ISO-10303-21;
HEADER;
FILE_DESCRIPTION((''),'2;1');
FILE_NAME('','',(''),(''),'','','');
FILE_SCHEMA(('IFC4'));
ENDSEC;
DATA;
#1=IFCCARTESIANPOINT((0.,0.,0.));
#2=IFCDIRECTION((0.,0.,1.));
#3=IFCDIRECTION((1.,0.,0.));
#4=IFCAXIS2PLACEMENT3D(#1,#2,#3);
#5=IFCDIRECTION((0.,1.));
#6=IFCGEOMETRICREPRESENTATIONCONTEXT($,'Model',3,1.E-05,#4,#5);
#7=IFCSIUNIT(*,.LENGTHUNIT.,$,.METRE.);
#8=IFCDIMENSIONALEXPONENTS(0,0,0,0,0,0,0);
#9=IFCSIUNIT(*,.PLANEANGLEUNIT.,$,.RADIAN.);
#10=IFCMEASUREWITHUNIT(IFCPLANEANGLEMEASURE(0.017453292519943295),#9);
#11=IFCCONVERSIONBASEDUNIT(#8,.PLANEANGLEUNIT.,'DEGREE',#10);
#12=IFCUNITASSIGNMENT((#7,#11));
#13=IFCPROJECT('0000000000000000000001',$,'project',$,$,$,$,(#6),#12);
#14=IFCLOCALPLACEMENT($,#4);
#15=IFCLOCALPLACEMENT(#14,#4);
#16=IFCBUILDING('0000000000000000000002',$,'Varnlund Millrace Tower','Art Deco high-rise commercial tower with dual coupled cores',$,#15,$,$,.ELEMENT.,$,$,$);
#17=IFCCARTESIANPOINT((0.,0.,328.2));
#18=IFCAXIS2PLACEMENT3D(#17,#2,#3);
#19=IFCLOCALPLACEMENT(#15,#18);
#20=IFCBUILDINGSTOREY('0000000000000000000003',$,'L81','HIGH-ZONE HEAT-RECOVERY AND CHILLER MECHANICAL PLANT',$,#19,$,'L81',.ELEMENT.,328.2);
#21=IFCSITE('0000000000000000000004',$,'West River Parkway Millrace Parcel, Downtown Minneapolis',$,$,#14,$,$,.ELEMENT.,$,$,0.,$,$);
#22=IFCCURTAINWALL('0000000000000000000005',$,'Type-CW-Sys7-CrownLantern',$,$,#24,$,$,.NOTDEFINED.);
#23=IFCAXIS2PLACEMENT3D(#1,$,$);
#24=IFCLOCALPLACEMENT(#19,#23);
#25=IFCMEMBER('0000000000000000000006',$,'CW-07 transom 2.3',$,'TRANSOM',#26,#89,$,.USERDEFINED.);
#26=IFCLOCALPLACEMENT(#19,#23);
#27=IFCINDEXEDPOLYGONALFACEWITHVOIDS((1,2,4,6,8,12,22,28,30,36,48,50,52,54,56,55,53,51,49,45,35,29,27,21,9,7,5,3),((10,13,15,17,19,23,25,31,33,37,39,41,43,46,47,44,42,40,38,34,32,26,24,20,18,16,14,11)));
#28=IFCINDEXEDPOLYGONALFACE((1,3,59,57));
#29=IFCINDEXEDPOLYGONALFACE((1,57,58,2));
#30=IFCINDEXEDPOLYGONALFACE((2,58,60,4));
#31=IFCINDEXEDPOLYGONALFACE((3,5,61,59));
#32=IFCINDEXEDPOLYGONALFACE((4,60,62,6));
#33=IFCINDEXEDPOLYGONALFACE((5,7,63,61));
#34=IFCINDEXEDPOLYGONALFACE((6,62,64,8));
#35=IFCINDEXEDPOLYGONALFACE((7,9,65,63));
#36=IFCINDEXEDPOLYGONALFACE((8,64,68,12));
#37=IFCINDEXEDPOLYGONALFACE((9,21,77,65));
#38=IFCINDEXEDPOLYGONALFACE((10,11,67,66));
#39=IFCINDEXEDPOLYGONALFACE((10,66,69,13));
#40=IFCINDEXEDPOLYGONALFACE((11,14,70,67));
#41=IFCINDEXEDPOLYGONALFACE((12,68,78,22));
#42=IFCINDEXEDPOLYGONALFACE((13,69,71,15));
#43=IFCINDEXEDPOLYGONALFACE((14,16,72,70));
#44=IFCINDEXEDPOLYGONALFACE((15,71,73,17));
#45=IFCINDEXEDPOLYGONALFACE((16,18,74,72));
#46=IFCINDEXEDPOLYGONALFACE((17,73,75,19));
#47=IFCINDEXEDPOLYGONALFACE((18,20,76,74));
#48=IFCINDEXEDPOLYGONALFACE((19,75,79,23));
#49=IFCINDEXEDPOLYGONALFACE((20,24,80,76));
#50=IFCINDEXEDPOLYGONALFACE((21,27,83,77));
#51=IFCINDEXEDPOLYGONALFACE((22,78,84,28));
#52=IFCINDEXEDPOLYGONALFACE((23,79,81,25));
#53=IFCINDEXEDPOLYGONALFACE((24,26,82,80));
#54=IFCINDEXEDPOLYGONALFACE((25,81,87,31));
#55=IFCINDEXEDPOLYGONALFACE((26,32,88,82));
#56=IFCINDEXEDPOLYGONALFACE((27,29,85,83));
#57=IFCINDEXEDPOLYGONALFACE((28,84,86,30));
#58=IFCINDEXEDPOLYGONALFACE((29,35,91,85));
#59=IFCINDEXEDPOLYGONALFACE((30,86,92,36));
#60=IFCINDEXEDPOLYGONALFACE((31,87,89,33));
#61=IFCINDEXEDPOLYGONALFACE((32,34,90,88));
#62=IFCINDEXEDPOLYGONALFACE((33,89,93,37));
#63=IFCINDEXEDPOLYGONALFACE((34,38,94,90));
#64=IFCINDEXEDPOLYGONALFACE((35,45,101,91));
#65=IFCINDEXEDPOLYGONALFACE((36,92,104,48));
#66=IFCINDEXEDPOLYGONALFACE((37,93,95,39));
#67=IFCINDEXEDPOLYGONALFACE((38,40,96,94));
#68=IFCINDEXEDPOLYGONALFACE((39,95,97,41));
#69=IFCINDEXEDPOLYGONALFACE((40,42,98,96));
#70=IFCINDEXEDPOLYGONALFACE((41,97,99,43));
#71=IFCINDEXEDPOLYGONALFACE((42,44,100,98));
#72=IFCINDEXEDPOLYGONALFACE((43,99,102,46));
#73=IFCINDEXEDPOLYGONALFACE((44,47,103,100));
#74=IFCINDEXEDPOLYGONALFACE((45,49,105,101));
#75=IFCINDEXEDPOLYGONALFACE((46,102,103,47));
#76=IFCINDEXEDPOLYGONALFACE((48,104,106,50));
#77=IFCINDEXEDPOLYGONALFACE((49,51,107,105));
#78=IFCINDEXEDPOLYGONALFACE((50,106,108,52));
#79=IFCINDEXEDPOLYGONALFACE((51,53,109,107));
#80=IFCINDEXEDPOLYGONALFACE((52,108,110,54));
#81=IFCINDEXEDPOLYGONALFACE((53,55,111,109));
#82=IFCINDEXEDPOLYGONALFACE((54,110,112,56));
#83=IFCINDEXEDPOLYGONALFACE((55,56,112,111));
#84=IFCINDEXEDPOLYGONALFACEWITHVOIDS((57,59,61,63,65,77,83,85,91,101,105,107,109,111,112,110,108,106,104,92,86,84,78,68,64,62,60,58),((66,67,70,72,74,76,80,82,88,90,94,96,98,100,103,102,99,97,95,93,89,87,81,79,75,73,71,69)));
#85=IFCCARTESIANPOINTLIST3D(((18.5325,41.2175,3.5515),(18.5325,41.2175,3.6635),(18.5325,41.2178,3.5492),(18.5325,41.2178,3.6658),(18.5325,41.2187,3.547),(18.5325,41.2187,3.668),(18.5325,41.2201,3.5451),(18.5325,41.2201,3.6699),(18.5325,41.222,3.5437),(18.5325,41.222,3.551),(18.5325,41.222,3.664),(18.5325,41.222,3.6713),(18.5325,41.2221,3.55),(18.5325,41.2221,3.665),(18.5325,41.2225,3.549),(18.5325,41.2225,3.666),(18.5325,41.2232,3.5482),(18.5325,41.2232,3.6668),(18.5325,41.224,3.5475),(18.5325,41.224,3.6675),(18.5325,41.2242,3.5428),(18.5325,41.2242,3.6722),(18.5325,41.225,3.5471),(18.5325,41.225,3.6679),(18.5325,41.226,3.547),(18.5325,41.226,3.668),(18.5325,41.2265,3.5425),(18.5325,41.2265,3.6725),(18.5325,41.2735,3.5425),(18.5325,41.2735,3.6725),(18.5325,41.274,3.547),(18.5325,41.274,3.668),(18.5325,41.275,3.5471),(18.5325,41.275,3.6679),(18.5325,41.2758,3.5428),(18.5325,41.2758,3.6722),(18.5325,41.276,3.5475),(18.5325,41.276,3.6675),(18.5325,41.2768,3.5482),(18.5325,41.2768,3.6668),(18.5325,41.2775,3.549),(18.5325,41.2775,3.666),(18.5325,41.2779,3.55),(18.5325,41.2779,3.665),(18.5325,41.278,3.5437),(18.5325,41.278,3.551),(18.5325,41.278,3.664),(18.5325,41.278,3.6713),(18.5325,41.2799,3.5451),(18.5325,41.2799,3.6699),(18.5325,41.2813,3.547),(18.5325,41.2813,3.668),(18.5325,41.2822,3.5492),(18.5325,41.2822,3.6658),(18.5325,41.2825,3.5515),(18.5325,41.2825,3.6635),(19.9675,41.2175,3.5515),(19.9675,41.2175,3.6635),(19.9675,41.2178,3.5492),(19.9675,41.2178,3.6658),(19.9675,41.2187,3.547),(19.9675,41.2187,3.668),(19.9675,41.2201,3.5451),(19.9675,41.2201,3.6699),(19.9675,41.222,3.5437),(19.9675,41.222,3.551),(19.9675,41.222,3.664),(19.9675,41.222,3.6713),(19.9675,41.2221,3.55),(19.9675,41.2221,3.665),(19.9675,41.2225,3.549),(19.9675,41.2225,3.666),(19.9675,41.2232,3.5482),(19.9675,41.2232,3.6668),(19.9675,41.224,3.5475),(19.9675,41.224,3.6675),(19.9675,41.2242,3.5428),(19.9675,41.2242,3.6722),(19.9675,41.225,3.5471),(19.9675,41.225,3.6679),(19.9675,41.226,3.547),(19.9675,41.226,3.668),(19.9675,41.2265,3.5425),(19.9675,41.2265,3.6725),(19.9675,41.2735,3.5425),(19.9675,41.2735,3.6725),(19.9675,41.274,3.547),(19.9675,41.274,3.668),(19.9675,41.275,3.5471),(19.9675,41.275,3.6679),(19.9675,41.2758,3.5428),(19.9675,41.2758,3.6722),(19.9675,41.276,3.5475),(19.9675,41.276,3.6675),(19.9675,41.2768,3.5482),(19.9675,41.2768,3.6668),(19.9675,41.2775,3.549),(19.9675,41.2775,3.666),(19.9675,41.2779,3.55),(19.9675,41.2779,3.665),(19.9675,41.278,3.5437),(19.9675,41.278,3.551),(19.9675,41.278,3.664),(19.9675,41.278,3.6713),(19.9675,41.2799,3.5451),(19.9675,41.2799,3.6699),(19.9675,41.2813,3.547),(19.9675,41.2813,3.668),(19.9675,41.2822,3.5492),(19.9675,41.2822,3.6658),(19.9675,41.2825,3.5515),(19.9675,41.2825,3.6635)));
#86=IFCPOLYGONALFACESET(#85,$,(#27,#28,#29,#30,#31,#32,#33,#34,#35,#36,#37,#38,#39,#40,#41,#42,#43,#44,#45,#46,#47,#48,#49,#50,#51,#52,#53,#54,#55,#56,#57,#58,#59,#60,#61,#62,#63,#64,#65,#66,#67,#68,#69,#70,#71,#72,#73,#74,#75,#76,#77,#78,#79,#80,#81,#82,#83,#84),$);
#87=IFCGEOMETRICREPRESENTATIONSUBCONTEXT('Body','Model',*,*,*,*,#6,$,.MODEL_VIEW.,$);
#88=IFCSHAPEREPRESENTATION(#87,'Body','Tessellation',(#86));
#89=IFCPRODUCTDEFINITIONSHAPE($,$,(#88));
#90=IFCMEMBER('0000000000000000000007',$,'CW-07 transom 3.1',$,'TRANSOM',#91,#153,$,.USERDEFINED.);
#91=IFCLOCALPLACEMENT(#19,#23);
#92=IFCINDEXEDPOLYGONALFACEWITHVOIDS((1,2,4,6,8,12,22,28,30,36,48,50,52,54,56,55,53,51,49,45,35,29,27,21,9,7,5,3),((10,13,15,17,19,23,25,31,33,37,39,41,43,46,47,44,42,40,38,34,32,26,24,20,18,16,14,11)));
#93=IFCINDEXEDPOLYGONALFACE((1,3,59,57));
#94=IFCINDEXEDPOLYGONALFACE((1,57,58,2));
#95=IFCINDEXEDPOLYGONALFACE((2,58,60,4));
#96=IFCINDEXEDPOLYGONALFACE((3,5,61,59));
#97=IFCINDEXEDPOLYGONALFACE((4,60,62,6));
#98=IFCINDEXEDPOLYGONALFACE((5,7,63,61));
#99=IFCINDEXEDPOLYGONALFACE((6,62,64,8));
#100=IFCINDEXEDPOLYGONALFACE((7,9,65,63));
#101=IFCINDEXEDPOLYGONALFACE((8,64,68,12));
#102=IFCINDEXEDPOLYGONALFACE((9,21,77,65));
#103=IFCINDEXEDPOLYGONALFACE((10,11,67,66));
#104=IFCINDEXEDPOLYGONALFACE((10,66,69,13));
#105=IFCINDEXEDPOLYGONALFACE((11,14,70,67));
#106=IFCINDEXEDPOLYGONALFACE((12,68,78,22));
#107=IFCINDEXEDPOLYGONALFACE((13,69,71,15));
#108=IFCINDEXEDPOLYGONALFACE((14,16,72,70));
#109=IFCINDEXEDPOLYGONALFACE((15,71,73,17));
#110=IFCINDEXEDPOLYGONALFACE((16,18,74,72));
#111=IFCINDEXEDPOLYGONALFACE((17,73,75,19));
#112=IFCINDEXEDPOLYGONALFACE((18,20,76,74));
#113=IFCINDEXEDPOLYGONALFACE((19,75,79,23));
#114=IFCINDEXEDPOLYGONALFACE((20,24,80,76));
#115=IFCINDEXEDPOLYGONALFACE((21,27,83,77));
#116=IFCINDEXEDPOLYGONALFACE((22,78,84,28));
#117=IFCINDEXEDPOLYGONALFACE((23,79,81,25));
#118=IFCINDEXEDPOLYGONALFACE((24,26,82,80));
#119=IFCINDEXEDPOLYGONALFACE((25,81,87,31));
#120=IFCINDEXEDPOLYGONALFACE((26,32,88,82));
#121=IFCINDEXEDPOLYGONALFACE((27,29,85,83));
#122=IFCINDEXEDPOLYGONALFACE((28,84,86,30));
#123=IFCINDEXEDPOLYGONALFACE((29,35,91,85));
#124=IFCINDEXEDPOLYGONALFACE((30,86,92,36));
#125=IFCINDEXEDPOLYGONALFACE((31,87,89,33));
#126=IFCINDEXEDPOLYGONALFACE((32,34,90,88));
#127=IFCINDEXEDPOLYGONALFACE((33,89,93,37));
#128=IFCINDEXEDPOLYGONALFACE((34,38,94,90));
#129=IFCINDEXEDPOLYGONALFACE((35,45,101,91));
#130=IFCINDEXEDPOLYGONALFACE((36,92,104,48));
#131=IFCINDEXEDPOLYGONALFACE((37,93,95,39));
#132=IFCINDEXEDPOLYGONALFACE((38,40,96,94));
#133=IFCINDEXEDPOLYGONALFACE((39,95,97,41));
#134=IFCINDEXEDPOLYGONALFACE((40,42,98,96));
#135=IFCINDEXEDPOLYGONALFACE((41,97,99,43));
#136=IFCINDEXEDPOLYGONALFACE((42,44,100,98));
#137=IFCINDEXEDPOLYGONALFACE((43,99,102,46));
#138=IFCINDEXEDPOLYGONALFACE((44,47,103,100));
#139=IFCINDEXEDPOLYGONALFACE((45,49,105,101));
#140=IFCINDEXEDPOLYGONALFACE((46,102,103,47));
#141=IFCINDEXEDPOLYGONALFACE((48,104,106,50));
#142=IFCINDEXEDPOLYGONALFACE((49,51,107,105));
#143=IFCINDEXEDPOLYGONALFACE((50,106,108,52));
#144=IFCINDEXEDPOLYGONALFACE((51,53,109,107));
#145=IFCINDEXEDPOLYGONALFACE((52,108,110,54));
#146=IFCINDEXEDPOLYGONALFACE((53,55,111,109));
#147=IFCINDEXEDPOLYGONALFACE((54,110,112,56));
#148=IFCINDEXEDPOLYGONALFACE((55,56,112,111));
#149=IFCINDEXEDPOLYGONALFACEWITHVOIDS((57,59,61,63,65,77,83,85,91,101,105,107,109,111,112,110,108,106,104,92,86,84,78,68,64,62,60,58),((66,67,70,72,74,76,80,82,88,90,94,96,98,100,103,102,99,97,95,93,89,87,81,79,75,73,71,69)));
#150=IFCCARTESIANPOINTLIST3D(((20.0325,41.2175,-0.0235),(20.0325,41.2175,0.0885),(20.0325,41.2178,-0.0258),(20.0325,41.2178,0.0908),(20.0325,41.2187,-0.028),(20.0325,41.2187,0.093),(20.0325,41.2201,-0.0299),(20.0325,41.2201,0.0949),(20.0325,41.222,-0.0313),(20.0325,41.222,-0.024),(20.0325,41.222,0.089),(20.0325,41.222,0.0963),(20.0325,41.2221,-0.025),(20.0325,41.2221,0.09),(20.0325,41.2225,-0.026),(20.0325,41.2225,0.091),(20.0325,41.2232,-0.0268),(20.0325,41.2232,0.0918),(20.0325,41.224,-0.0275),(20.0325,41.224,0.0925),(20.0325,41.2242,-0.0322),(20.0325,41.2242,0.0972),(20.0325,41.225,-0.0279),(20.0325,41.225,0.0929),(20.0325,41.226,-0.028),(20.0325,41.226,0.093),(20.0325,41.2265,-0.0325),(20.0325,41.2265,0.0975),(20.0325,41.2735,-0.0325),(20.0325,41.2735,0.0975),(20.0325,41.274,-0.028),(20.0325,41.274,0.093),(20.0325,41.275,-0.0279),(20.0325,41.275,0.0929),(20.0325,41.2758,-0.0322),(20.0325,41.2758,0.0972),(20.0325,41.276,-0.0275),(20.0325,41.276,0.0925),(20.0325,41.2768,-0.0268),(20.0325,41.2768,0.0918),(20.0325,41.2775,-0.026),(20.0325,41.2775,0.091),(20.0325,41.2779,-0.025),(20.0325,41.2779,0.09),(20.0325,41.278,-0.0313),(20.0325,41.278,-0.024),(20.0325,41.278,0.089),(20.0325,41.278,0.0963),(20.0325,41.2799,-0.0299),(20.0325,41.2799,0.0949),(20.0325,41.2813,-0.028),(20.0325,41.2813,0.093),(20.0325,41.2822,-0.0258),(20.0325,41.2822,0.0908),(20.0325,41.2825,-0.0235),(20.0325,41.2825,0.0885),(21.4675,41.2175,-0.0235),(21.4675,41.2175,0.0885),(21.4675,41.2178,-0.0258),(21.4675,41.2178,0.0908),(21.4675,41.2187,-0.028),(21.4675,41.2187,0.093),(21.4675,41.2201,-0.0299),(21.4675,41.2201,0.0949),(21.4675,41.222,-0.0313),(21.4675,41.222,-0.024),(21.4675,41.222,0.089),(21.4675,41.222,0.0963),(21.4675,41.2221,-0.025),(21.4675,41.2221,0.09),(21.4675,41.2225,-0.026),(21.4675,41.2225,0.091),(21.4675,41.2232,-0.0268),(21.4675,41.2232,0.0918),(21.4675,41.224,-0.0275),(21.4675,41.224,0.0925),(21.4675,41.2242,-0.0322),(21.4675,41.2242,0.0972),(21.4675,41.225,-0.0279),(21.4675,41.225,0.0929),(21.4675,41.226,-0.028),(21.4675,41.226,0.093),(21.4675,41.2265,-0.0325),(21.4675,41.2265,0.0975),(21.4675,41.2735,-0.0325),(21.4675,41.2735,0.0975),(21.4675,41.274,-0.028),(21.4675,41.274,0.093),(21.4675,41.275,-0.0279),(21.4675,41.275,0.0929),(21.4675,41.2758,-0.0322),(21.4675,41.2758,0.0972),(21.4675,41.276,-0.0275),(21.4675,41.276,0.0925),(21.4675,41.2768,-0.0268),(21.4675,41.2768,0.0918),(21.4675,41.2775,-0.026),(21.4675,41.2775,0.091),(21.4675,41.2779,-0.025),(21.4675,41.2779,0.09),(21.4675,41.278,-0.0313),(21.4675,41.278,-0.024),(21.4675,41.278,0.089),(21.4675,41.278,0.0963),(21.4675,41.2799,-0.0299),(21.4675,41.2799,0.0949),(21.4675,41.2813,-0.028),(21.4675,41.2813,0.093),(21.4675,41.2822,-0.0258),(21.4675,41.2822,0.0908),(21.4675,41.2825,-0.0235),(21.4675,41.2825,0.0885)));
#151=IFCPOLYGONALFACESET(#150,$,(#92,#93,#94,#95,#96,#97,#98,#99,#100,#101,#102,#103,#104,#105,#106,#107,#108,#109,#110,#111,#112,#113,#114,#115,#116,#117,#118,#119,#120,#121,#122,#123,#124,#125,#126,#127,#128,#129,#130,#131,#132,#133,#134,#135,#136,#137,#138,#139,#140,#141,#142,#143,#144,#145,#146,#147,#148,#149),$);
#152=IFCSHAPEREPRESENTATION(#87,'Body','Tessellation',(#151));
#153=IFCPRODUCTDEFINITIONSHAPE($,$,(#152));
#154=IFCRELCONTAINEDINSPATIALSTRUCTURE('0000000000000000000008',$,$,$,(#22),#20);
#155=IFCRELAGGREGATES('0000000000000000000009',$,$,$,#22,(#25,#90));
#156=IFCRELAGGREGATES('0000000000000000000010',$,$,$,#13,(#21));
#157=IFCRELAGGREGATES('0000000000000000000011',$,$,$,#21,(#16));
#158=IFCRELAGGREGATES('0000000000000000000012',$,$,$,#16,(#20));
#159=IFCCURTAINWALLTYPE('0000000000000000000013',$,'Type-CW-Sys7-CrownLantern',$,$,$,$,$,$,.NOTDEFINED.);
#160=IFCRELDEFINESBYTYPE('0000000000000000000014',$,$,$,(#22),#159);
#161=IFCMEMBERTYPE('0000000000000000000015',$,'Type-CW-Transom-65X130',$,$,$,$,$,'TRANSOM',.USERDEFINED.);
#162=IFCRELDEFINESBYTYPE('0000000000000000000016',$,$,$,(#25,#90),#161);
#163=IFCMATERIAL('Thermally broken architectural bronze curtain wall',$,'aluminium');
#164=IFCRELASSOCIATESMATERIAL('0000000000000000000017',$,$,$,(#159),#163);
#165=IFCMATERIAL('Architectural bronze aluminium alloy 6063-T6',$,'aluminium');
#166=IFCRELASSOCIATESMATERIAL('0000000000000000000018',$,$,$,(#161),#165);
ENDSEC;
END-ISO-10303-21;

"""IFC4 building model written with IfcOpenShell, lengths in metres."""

from ifc_helpers import new_model, entity, si_unit, converted_unit, direction, frame, origin_with_axes, origin_2d_with_axis, place, context, subcontext, project, spatial, hollow_rectangle, extrude, material, material_profile, profile_set, type_object, element, aggregate, save


model = new_model("IFC4")

# Units and contexts
model_context = context("Model", 3, precision=1e-05, world=origin_with_axes(), true_north=direction((0.0, 1.0)))
body_context = subcontext(model_context, "Body", "Model", "MODEL_VIEW")
ifc_project = project(units=[si_unit("LENGTHUNIT", "METRE"), converted_unit("PLANEANGLEUNIT", "DEGREE", entity("IfcPlaneAngleMeasure", 0.017453292519943295), si_unit("PLANEANGLEUNIT", "RADIAN"), dimensions=[0, 0, 0, 0, 0, 0, 0])], contexts=[model_context])

# Site, building, storey
site_placement = place(None, origin_with_axes())
site = spatial("IfcSite", under=ifc_project, at=site_placement, Name="West River Parkway Millrace Parcel, Downtown Minneapolis", CompositionType="ELEMENT", RefElevation=0.0)
building_placement = place(site_placement, origin_with_axes())
building = spatial("IfcBuilding", under=site, at=building_placement, Name="Varnlund Millrace Tower", Description="Art Deco high-rise commercial tower with dual coupled cores", CompositionType="ELEMENT")
storey_placement = place(building_placement, frame((0.0, 0.0, 328.2), z_axis=(0.0, 0.0, 1.0), x_axis=(1.0, 0.0, 0.0)))
storey = spatial("IfcBuildingStorey", under=building, at=storey_placement, Name="L81", Description="HIGH-ZONE HEAT-RECOVERY AND CHILLER MECHANICAL PLANT", LongName="L81", CompositionType="ELEMENT", Elevation=328.2)

# Curtain wall, members
ifc_material_1 = material(Name="Thermally broken architectural bronze curtain wall", Category="aluminium")
curtain_wall_type = type_object("IfcCurtainWallType", Name="Type-CW-Sys7-CrownLantern", PredefinedType="NOTDEFINED", material=ifc_material_1)
ifc_material_2 = material(Name="Architectural bronze aluminium alloy 6063-T6", Category="aluminium")
ifc_material_profile_1 = material_profile(ifc_material_2, hollow_rectangle(XDim=0.065, YDim=0.13, WallThickness=0.0045, InnerFilletRadius=0.004, OuterFilletRadius=0.009, at=origin_2d_with_axis()), Name="Architectural bronze aluminium alloy 6063-T6")
ifc_profile_set_1 = profile_set([ifc_material_profile_1], Name="Architectural bronze aluminium alloy 6063-T6")
member_type = type_object("IfcMemberType", Name="Type-CW-Transom-65X130", ElementType="TRANSOM", PredefinedType="USERDEFINED", material=ifc_profile_set_1)
curtain_wall_1_placement = place(storey_placement, frame((17.0, 41.25, 0.0), z_axis=(0.0, 0.0, 1.0), x_axis=(1.0, 0.0, 0.0)))
curtain_wall_1 = element("IfcCurtainWall", 1, at=curtain_wall_1_placement, inside=storey, type_object=curtain_wall_type, Name="Type-CW-Sys7-CrownLantern", PredefinedType="NOTDEFINED")
member_1_placement = place(storey_placement, frame((18.5325, 41.25, 3.6075), z_axis=(1.0, 0.0, 0.0), x_axis=(0.0, 1.0, 0.0)))
member_1 = element("IfcMember", 2, at=member_1_placement, type_object=member_type, Name="CW-07 transom 2.3", ObjectType="TRANSOM", PredefinedType="USERDEFINED", context=body_context, shape_type="SweptSolid", body=[
    extrude(hollow_rectangle(XDim=0.065, YDim=0.13, WallThickness=0.0045, InnerFilletRadius=0.004, OuterFilletRadius=0.009, at=origin_2d_with_axis()), origin_with_axes(), (0.0, 0.0, 1.0), 1.435),
])
member_2_placement = place(storey_placement, frame((20.0325, 41.25, 0.0325), z_axis=(1.0, 0.0, 0.0), x_axis=(0.0, 1.0, 0.0)))
member_2 = element("IfcMember", 3, at=member_2_placement, type_object=member_type, Name="CW-07 transom 3.1", ObjectType="TRANSOM", PredefinedType="USERDEFINED", context=body_context, shape_type="SweptSolid", body=[
    extrude(hollow_rectangle(XDim=0.065, YDim=0.13, WallThickness=0.0045, InnerFilletRadius=0.004, OuterFilletRadius=0.009, at=origin_2d_with_axis()), origin_with_axes(), (0.0, 0.0, 1.0), 1.435),
])

aggregate(curtain_wall_1, [member_1, member_2])

save(model, "model.ifc")
